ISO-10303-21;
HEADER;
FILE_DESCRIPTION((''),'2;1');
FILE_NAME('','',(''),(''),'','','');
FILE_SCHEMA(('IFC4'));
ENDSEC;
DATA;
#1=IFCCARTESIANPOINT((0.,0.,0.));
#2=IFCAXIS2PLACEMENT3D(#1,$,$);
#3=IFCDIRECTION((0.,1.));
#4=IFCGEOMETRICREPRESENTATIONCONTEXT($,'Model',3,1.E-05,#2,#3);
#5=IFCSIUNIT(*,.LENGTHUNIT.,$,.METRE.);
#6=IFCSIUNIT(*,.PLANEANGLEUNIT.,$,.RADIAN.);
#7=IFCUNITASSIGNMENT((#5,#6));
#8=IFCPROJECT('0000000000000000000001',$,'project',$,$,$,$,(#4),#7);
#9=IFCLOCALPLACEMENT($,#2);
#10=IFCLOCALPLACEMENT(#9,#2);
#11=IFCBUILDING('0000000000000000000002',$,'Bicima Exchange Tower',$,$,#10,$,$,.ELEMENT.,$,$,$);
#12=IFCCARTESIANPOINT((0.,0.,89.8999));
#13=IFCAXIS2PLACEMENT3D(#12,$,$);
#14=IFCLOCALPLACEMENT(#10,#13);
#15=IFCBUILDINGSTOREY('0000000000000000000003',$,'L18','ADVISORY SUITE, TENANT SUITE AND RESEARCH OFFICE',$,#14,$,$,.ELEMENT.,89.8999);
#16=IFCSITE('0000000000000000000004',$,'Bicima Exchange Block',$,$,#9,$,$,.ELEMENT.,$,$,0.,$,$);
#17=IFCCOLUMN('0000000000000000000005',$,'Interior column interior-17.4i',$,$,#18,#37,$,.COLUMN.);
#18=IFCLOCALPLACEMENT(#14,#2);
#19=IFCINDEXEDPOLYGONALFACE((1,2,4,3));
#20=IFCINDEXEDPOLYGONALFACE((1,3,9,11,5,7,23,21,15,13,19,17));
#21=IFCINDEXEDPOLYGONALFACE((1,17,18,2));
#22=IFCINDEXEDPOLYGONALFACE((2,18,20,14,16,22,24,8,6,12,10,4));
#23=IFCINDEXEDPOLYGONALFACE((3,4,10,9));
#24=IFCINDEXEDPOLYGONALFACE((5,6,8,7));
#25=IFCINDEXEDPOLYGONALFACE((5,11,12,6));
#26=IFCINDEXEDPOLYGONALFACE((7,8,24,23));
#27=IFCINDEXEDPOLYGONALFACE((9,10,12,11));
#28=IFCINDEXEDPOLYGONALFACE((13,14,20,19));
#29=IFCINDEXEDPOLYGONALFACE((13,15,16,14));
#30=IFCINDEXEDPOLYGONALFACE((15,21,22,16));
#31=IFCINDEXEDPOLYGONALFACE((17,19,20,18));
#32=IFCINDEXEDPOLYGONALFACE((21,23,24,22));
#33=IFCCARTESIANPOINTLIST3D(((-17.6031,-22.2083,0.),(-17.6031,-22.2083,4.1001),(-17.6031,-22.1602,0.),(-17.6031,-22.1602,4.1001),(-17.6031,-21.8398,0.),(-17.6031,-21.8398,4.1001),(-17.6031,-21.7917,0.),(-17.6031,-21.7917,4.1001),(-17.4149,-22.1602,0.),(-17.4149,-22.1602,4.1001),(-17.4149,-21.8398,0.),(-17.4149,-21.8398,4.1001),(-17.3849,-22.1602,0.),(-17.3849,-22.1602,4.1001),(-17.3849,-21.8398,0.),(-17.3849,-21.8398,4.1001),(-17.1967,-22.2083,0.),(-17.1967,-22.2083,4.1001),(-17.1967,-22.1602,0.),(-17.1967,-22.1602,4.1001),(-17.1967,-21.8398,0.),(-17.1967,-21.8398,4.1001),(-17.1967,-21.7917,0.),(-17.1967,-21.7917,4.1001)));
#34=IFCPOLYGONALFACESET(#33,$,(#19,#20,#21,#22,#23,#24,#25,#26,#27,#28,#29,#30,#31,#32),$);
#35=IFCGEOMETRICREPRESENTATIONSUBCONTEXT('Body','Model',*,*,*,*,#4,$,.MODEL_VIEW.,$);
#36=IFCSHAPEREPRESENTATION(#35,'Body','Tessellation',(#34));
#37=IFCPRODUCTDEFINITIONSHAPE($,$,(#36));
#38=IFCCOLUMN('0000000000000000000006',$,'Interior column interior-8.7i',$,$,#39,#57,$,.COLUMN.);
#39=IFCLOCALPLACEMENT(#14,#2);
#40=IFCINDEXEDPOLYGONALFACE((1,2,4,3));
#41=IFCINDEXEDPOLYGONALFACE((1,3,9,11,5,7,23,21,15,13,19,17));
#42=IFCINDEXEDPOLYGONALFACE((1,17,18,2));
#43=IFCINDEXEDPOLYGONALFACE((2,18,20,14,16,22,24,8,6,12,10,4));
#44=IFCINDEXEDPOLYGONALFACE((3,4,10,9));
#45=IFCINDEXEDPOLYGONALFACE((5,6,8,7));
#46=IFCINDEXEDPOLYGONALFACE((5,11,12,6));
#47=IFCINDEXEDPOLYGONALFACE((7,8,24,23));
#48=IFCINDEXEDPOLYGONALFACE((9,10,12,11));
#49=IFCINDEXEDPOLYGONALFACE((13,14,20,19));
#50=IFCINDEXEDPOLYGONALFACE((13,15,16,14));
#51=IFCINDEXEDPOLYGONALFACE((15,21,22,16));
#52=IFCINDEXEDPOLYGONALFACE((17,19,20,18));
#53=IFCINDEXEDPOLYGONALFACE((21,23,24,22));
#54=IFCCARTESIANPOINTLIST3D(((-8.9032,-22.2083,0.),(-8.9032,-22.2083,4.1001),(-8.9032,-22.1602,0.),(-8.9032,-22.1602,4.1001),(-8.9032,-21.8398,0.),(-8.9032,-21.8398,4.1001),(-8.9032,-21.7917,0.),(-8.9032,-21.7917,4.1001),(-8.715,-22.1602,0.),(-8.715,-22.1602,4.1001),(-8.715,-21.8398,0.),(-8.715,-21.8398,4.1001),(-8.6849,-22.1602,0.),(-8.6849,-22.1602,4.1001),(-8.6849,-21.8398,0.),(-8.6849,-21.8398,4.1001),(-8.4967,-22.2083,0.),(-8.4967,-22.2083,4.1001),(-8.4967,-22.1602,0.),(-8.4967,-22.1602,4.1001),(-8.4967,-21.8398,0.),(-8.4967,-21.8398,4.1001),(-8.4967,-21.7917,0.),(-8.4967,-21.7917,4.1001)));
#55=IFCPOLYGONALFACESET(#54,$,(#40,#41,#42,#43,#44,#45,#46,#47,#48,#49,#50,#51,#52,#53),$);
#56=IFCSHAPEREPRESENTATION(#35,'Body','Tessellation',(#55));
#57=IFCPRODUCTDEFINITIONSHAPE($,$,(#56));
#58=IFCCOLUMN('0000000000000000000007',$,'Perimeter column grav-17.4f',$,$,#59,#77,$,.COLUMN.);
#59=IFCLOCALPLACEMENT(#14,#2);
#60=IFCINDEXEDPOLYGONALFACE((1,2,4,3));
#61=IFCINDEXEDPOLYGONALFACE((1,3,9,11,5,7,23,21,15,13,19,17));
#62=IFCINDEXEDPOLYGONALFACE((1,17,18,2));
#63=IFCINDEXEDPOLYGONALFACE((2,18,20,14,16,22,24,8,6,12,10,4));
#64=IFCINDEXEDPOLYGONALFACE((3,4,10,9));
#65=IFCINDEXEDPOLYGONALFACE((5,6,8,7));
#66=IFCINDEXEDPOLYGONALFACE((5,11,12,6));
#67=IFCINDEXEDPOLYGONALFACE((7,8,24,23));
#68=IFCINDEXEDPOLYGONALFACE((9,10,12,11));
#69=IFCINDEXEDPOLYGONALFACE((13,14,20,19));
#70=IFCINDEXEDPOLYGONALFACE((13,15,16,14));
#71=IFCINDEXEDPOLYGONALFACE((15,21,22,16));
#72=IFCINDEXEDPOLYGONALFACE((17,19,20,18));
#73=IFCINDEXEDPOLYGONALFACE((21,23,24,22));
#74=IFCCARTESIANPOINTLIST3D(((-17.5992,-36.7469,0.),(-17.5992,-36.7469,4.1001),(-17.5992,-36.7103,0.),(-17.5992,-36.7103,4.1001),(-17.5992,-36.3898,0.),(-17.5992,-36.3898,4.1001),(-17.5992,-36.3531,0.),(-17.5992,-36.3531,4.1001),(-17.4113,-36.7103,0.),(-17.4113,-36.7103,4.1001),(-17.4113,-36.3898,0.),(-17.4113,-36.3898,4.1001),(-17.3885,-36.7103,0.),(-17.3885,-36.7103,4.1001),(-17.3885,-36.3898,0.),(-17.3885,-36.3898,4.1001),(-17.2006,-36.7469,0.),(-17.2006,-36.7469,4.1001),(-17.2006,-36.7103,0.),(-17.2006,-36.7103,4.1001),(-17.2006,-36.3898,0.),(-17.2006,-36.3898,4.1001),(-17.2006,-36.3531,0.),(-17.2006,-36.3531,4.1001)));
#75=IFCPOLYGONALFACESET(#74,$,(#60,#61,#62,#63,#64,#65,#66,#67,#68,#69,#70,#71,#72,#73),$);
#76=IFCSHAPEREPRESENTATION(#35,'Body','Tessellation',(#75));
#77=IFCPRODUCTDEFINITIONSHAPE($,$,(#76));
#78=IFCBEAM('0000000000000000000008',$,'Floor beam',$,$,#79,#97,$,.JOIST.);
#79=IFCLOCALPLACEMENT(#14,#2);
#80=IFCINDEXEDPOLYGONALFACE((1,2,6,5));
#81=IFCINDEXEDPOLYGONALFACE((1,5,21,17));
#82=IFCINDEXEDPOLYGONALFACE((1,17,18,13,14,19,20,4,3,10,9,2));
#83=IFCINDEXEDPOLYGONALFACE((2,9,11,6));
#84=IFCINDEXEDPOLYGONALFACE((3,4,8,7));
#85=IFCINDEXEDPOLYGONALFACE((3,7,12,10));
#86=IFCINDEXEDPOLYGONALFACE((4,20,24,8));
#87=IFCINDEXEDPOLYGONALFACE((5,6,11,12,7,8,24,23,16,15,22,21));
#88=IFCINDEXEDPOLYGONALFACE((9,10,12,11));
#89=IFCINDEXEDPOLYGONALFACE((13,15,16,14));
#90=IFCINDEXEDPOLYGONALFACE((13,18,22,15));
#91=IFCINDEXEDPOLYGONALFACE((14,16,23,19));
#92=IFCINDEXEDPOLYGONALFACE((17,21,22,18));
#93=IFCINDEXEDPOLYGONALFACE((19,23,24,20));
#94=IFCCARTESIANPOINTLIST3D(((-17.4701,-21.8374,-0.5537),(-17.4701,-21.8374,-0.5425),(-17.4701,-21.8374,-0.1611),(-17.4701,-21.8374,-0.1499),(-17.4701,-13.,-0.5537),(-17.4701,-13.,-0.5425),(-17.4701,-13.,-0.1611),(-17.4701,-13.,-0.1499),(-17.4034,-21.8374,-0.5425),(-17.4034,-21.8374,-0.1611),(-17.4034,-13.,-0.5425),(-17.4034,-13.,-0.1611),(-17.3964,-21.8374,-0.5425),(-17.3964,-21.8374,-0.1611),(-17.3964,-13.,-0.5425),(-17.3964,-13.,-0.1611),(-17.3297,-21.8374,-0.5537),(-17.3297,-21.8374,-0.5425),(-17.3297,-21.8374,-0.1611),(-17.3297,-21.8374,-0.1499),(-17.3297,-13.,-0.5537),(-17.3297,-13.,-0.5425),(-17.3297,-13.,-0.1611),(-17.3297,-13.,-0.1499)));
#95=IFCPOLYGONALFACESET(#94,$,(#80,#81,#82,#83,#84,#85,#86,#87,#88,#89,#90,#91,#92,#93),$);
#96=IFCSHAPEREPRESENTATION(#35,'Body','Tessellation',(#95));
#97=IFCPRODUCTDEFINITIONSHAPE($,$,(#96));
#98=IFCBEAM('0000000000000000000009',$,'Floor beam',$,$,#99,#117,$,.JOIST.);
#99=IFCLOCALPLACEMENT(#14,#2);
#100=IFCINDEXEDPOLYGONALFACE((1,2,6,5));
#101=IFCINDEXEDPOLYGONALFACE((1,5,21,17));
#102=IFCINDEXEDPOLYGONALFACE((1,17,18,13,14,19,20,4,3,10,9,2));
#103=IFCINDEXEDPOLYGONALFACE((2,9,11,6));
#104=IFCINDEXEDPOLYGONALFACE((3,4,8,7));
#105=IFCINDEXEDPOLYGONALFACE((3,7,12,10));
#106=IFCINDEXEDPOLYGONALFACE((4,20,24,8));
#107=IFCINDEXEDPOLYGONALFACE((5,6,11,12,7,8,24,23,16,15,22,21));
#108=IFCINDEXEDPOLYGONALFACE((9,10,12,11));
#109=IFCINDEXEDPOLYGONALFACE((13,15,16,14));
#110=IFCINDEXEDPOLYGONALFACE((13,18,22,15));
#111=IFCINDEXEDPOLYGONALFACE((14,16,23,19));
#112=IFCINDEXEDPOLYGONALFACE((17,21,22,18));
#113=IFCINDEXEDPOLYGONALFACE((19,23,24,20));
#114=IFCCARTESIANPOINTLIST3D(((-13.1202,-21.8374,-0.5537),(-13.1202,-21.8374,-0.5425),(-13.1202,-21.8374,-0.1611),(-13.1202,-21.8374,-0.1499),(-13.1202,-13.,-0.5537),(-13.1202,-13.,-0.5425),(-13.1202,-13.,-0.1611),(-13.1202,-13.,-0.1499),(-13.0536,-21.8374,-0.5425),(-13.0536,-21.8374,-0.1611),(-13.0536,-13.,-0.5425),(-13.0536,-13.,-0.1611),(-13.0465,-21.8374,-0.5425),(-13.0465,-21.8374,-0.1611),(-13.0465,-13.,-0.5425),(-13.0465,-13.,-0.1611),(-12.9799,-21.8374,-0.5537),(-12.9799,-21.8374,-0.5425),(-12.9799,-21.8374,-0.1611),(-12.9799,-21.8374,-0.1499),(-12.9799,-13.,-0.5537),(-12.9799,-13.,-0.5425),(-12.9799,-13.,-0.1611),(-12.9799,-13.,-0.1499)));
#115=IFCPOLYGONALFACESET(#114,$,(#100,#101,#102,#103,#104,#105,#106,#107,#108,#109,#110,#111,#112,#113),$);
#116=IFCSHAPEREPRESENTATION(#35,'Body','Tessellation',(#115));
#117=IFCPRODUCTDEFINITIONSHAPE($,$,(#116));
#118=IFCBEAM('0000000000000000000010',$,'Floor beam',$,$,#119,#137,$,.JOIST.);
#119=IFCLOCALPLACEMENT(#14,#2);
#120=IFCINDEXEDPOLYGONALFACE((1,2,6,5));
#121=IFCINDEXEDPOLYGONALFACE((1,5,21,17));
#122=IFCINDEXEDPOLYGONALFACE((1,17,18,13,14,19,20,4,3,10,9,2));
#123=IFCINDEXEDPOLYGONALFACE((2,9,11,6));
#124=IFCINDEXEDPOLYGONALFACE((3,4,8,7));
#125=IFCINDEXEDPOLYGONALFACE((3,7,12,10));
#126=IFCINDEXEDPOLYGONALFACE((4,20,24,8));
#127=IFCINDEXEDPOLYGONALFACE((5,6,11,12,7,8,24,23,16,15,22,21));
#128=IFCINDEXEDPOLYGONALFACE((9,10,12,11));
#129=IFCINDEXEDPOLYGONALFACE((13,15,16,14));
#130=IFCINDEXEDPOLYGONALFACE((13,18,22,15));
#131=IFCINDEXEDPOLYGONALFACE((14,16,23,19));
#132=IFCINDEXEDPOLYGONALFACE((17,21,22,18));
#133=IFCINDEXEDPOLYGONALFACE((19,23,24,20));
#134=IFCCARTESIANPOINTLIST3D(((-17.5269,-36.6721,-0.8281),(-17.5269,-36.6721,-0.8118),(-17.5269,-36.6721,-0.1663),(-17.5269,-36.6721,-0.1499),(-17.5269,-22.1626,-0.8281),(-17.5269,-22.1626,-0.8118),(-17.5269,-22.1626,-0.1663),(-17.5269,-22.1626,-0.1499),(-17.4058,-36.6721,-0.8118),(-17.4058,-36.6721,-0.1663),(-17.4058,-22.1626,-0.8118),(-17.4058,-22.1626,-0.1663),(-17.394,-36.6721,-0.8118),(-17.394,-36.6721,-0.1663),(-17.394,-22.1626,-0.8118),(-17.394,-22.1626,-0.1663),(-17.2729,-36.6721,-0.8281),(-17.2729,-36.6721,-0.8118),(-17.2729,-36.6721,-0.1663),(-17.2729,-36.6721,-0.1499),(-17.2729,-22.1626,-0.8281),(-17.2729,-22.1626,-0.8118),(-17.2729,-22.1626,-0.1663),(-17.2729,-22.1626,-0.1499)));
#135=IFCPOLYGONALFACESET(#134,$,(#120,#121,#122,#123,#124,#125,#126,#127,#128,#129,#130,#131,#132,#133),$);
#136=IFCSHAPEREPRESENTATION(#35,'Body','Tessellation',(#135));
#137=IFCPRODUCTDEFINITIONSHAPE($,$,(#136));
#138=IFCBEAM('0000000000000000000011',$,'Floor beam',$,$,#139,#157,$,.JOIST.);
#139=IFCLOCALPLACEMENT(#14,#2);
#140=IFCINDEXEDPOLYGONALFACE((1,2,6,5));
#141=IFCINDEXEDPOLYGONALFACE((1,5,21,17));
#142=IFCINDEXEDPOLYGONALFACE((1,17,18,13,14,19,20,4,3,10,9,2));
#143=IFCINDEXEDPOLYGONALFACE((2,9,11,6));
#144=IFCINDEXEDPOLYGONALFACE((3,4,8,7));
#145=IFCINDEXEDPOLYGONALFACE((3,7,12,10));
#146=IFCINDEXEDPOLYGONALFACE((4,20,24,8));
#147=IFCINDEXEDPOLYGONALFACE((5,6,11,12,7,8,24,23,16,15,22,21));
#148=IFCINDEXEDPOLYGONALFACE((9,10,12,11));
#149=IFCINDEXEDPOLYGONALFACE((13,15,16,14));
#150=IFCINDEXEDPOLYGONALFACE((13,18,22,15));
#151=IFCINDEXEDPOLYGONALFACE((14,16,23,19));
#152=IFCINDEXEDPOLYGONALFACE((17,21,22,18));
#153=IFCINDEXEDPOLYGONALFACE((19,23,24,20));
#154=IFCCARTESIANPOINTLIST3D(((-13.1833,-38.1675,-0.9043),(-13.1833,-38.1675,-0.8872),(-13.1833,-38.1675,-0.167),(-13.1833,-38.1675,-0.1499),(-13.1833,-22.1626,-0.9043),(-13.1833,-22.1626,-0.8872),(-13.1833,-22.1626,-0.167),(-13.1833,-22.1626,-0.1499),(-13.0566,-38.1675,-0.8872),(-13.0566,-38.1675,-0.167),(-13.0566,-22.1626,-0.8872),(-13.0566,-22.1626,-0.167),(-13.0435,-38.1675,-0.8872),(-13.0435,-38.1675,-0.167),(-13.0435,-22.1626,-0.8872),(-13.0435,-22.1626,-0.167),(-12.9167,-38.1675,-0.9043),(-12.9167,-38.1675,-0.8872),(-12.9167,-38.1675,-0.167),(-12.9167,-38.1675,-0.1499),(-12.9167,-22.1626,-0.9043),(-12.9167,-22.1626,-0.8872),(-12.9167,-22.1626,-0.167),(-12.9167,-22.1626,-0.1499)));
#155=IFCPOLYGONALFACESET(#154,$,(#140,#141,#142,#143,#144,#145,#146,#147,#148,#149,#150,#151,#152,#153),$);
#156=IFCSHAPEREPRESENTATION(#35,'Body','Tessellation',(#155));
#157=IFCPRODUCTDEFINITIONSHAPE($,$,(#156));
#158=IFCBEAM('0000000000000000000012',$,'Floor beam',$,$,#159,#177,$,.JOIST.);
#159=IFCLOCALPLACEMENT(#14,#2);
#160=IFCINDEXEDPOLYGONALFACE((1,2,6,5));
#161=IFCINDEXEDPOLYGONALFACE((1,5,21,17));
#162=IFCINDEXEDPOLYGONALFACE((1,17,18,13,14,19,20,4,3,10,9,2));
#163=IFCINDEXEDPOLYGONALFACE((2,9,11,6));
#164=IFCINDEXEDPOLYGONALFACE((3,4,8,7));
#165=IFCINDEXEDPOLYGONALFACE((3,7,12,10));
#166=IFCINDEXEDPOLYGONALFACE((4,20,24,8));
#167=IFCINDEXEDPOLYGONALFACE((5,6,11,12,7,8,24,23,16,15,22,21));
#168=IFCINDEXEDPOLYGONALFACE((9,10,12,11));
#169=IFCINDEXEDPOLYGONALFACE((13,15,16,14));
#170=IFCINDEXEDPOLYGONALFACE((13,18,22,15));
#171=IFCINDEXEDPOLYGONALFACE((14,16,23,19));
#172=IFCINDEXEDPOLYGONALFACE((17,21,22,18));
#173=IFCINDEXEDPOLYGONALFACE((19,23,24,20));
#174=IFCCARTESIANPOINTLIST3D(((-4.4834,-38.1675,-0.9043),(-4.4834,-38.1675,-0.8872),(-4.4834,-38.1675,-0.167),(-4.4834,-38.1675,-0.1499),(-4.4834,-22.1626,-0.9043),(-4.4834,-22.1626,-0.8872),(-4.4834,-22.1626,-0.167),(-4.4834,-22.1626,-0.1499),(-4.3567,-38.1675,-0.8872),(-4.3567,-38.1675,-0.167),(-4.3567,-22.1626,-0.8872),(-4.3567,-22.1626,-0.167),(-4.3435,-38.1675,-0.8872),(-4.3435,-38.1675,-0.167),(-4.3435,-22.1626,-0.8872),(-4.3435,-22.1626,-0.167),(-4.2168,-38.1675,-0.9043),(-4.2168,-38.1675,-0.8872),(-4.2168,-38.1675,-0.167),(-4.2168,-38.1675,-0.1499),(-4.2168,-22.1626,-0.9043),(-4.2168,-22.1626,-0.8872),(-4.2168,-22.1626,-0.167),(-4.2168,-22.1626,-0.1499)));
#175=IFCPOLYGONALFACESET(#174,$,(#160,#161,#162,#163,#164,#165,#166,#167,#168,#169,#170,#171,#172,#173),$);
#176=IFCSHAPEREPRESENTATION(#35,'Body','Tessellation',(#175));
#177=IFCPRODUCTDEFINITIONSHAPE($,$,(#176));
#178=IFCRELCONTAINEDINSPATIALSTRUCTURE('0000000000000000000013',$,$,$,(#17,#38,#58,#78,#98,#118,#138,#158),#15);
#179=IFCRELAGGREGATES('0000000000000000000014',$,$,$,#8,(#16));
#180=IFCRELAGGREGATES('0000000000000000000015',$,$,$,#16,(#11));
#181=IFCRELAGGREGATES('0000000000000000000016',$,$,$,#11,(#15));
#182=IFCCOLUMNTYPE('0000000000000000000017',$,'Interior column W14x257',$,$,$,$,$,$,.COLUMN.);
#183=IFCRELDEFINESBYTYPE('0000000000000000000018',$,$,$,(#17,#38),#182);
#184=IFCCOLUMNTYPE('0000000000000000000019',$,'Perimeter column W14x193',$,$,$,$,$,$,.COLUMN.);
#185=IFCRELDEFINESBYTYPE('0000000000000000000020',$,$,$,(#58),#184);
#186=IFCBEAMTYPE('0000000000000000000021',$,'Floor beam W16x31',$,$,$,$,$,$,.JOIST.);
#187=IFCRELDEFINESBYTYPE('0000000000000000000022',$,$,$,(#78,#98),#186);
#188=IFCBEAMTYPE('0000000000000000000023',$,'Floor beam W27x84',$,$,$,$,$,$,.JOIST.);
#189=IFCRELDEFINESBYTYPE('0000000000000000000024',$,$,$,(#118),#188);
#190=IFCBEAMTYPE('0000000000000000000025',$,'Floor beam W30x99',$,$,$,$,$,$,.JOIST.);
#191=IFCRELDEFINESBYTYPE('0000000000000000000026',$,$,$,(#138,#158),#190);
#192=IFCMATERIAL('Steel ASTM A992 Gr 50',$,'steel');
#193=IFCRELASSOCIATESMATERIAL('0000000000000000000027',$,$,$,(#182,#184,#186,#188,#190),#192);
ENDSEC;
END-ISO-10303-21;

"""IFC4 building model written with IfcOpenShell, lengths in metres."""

from ifc_helpers import new_model, si_unit, direction, frame, origin, origin_2d, place, context, subcontext, project, spatial, i_section, extrude, material, material_profile, profile_set, type_object, element, save


model = new_model("IFC4")

# Units and contexts
model_context = context("Model", 3, precision=1e-05, world=origin(), true_north=direction((0.0, 1.0)))
body_context = subcontext(model_context, "Body", "Model", "MODEL_VIEW")
ifc_project = project(units=[si_unit("LENGTHUNIT", "METRE"), si_unit("PLANEANGLEUNIT", "RADIAN")], contexts=[model_context])

# Site, building, storey
site_placement = place(None, origin())
site = spatial("IfcSite", under=ifc_project, at=site_placement, Name="Bicima Exchange Block", CompositionType="ELEMENT", RefElevation=0.0)
building_placement = place(site_placement, origin())
building = spatial("IfcBuilding", under=site, at=building_placement, Name="Bicima Exchange Tower", CompositionType="ELEMENT")
storey_placement = place(building_placement, frame((0.0, 0.0, 89.8999)))
storey = spatial("IfcBuildingStorey", under=building, at=storey_placement, Name="L18", Description="ADVISORY SUITE, TENANT SUITE AND RESEARCH OFFICE", CompositionType="ELEMENT", Elevation=89.8999)

# Columns
ifc_material_1 = material(Name="Steel ASTM A992 Gr 50", Category="steel")
ifc_material_profile_1 = material_profile(ifc_material_1, i_section(OverallWidth=0.4065, OverallDepth=0.4165, WebThickness=0.03, FlangeThickness=0.0481, at=origin_2d()))
ifc_profile_set_1 = profile_set([ifc_material_profile_1], Name="Steel ASTM A992 Gr 50")
column_type_1 = type_object("IfcColumnType", Name="Interior column W14x257", PredefinedType="COLUMN", material=ifc_profile_set_1)
for number, where, z_axis, x_axis, name in (
    (1, (-17.3999, -22.0, 0.0), (0.0, 0.0, 1.0), (1.0, 0.0, 0.0), "Interior column interior-17.4i"),
    (2, (-8.7, -22.0, 0.0), (0.0, 0.0, 1.0), (1.0, 0.0, 0.0), "Interior column interior-8.7i"),
):
    element("IfcColumn", number, at=place(storey_placement, frame(where, z_axis=z_axis, x_axis=x_axis)), inside=storey, type_object=column_type_1, Name=name, PredefinedType="COLUMN", context=body_context, shape_type="SweptSolid", body=[
        extrude(i_section(OverallWidth=0.4065, OverallDepth=0.4165, WebThickness=0.03, FlangeThickness=0.0481, at=origin_2d()), origin(), (0.0, 0.0, 1.0), 4.1001),
    ])
ifc_material_profile_2 = material_profile(ifc_material_1, i_section(OverallWidth=0.3987, OverallDepth=0.3938, WebThickness=0.0227, FlangeThickness=0.0366, at=origin_2d()))
ifc_profile_set_2 = profile_set([ifc_material_profile_2], Name="Steel ASTM A992 Gr 50")
column_type_2 = type_object("IfcColumnType", Name="Perimeter column W14x193", PredefinedType="COLUMN", material=ifc_profile_set_2)
column_placement = place(storey_placement, frame((-17.3999, -36.55, 0.0), z_axis=(0.0, 0.0, 1.0), x_axis=(1.0, 0.0, 0.0)))
element("IfcColumn", 3, at=column_placement, inside=storey, type_object=column_type_2, Name="Perimeter column grav-17.4f", PredefinedType="COLUMN", context=body_context, shape_type="SweptSolid", body=[
    extrude(i_section(OverallWidth=0.3987, OverallDepth=0.3938, WebThickness=0.0227, FlangeThickness=0.0366, at=origin_2d()), origin(), (0.0, 0.0, 1.0), 4.1001),
])

# Beams
ifc_material_profile_3 = material_profile(ifc_material_1, i_section(OverallWidth=0.1404, OverallDepth=0.4038, WebThickness=0.0071, FlangeThickness=0.0112, at=origin_2d()))
ifc_profile_set_3 = profile_set([ifc_material_profile_3], Name="Steel ASTM A992 Gr 50")
beam_type_1 = type_object("IfcBeamType", Name="Floor beam W16x31", PredefinedType="JOIST", material=ifc_profile_set_3)
for number, where, z_axis, x_axis, name in (
    (4, (-17.3999, -13.0, -0.3518), (0.0, -1.0, 0.0), (1.0, 0.0, 0.0), "Floor beam"),
    (5, (-13.05, -13.0, -0.3518), (0.0, -1.0, 0.0), (1.0, 0.0, 0.0), "Floor beam"),
):
    element("IfcBeam", number, at=place(storey_placement, frame(where, z_axis=z_axis, x_axis=x_axis)), inside=storey, type_object=beam_type_1, Name=name, PredefinedType="JOIST", context=body_context, shape_type="SweptSolid", body=[
        extrude(i_section(OverallWidth=0.1404, OverallDepth=0.4038, WebThickness=0.0071, FlangeThickness=0.0112, at=origin_2d()), origin(), (0.0, 0.0, 1.0), 8.8374),
    ])
ifc_material_profile_4 = material_profile(ifc_material_1, i_section(OverallWidth=0.2539, OverallDepth=0.6782, WebThickness=0.0117, FlangeThickness=0.0164, at=origin_2d()))
ifc_profile_set_4 = profile_set([ifc_material_profile_4], Name="Steel ASTM A992 Gr 50")
beam_type_2 = type_object("IfcBeamType", Name="Floor beam W27x84", PredefinedType="JOIST", material=ifc_profile_set_4)
beam_1_placement = place(storey_placement, frame((-17.3999, -22.1626, -0.489), z_axis=(0.0, -1.0, 0.0), x_axis=(1.0, 0.0, 0.0)))
element("IfcBeam", 6, at=beam_1_placement, inside=storey, type_object=beam_type_2, Name="Floor beam", PredefinedType="JOIST", context=body_context, shape_type="SweptSolid", body=[
    extrude(i_section(OverallWidth=0.2539, OverallDepth=0.6782, WebThickness=0.0117, FlangeThickness=0.0164, at=origin_2d()), origin(), (0.0, 0.0, 1.0), 14.5095),
])
ifc_material_profile_5 = material_profile(ifc_material_1, i_section(OverallWidth=0.2666, OverallDepth=0.7544, WebThickness=0.0132, FlangeThickness=0.0171, at=origin_2d()))
ifc_profile_set_5 = profile_set([ifc_material_profile_5], Name="Steel ASTM A992 Gr 50")
beam_type_3 = type_object("IfcBeamType", Name="Floor beam W30x99", PredefinedType="JOIST", material=ifc_profile_set_5)
for number, where, z_axis, x_axis, name in (
    (7, (-13.05, -22.1626, -0.5271), (0.0, -1.0, 0.0), (1.0, 0.0, 0.0), "Floor beam"),
    (8, (-4.3501, -22.1626, -0.5271), (0.0, -1.0, 0.0), (1.0, 0.0, 0.0), "Floor beam"),
):
    element("IfcBeam", number, at=place(storey_placement, frame(where, z_axis=z_axis, x_axis=x_axis)), inside=storey, type_object=beam_type_3, Name=name, PredefinedType="JOIST", context=body_context, shape_type="SweptSolid", body=[
        extrude(i_section(OverallWidth=0.2666, OverallDepth=0.7544, WebThickness=0.0132, FlangeThickness=0.0171, at=origin_2d()), origin(), (0.0, 0.0, 1.0), 16.0049),
    ])

save(model, "model.ifc")
